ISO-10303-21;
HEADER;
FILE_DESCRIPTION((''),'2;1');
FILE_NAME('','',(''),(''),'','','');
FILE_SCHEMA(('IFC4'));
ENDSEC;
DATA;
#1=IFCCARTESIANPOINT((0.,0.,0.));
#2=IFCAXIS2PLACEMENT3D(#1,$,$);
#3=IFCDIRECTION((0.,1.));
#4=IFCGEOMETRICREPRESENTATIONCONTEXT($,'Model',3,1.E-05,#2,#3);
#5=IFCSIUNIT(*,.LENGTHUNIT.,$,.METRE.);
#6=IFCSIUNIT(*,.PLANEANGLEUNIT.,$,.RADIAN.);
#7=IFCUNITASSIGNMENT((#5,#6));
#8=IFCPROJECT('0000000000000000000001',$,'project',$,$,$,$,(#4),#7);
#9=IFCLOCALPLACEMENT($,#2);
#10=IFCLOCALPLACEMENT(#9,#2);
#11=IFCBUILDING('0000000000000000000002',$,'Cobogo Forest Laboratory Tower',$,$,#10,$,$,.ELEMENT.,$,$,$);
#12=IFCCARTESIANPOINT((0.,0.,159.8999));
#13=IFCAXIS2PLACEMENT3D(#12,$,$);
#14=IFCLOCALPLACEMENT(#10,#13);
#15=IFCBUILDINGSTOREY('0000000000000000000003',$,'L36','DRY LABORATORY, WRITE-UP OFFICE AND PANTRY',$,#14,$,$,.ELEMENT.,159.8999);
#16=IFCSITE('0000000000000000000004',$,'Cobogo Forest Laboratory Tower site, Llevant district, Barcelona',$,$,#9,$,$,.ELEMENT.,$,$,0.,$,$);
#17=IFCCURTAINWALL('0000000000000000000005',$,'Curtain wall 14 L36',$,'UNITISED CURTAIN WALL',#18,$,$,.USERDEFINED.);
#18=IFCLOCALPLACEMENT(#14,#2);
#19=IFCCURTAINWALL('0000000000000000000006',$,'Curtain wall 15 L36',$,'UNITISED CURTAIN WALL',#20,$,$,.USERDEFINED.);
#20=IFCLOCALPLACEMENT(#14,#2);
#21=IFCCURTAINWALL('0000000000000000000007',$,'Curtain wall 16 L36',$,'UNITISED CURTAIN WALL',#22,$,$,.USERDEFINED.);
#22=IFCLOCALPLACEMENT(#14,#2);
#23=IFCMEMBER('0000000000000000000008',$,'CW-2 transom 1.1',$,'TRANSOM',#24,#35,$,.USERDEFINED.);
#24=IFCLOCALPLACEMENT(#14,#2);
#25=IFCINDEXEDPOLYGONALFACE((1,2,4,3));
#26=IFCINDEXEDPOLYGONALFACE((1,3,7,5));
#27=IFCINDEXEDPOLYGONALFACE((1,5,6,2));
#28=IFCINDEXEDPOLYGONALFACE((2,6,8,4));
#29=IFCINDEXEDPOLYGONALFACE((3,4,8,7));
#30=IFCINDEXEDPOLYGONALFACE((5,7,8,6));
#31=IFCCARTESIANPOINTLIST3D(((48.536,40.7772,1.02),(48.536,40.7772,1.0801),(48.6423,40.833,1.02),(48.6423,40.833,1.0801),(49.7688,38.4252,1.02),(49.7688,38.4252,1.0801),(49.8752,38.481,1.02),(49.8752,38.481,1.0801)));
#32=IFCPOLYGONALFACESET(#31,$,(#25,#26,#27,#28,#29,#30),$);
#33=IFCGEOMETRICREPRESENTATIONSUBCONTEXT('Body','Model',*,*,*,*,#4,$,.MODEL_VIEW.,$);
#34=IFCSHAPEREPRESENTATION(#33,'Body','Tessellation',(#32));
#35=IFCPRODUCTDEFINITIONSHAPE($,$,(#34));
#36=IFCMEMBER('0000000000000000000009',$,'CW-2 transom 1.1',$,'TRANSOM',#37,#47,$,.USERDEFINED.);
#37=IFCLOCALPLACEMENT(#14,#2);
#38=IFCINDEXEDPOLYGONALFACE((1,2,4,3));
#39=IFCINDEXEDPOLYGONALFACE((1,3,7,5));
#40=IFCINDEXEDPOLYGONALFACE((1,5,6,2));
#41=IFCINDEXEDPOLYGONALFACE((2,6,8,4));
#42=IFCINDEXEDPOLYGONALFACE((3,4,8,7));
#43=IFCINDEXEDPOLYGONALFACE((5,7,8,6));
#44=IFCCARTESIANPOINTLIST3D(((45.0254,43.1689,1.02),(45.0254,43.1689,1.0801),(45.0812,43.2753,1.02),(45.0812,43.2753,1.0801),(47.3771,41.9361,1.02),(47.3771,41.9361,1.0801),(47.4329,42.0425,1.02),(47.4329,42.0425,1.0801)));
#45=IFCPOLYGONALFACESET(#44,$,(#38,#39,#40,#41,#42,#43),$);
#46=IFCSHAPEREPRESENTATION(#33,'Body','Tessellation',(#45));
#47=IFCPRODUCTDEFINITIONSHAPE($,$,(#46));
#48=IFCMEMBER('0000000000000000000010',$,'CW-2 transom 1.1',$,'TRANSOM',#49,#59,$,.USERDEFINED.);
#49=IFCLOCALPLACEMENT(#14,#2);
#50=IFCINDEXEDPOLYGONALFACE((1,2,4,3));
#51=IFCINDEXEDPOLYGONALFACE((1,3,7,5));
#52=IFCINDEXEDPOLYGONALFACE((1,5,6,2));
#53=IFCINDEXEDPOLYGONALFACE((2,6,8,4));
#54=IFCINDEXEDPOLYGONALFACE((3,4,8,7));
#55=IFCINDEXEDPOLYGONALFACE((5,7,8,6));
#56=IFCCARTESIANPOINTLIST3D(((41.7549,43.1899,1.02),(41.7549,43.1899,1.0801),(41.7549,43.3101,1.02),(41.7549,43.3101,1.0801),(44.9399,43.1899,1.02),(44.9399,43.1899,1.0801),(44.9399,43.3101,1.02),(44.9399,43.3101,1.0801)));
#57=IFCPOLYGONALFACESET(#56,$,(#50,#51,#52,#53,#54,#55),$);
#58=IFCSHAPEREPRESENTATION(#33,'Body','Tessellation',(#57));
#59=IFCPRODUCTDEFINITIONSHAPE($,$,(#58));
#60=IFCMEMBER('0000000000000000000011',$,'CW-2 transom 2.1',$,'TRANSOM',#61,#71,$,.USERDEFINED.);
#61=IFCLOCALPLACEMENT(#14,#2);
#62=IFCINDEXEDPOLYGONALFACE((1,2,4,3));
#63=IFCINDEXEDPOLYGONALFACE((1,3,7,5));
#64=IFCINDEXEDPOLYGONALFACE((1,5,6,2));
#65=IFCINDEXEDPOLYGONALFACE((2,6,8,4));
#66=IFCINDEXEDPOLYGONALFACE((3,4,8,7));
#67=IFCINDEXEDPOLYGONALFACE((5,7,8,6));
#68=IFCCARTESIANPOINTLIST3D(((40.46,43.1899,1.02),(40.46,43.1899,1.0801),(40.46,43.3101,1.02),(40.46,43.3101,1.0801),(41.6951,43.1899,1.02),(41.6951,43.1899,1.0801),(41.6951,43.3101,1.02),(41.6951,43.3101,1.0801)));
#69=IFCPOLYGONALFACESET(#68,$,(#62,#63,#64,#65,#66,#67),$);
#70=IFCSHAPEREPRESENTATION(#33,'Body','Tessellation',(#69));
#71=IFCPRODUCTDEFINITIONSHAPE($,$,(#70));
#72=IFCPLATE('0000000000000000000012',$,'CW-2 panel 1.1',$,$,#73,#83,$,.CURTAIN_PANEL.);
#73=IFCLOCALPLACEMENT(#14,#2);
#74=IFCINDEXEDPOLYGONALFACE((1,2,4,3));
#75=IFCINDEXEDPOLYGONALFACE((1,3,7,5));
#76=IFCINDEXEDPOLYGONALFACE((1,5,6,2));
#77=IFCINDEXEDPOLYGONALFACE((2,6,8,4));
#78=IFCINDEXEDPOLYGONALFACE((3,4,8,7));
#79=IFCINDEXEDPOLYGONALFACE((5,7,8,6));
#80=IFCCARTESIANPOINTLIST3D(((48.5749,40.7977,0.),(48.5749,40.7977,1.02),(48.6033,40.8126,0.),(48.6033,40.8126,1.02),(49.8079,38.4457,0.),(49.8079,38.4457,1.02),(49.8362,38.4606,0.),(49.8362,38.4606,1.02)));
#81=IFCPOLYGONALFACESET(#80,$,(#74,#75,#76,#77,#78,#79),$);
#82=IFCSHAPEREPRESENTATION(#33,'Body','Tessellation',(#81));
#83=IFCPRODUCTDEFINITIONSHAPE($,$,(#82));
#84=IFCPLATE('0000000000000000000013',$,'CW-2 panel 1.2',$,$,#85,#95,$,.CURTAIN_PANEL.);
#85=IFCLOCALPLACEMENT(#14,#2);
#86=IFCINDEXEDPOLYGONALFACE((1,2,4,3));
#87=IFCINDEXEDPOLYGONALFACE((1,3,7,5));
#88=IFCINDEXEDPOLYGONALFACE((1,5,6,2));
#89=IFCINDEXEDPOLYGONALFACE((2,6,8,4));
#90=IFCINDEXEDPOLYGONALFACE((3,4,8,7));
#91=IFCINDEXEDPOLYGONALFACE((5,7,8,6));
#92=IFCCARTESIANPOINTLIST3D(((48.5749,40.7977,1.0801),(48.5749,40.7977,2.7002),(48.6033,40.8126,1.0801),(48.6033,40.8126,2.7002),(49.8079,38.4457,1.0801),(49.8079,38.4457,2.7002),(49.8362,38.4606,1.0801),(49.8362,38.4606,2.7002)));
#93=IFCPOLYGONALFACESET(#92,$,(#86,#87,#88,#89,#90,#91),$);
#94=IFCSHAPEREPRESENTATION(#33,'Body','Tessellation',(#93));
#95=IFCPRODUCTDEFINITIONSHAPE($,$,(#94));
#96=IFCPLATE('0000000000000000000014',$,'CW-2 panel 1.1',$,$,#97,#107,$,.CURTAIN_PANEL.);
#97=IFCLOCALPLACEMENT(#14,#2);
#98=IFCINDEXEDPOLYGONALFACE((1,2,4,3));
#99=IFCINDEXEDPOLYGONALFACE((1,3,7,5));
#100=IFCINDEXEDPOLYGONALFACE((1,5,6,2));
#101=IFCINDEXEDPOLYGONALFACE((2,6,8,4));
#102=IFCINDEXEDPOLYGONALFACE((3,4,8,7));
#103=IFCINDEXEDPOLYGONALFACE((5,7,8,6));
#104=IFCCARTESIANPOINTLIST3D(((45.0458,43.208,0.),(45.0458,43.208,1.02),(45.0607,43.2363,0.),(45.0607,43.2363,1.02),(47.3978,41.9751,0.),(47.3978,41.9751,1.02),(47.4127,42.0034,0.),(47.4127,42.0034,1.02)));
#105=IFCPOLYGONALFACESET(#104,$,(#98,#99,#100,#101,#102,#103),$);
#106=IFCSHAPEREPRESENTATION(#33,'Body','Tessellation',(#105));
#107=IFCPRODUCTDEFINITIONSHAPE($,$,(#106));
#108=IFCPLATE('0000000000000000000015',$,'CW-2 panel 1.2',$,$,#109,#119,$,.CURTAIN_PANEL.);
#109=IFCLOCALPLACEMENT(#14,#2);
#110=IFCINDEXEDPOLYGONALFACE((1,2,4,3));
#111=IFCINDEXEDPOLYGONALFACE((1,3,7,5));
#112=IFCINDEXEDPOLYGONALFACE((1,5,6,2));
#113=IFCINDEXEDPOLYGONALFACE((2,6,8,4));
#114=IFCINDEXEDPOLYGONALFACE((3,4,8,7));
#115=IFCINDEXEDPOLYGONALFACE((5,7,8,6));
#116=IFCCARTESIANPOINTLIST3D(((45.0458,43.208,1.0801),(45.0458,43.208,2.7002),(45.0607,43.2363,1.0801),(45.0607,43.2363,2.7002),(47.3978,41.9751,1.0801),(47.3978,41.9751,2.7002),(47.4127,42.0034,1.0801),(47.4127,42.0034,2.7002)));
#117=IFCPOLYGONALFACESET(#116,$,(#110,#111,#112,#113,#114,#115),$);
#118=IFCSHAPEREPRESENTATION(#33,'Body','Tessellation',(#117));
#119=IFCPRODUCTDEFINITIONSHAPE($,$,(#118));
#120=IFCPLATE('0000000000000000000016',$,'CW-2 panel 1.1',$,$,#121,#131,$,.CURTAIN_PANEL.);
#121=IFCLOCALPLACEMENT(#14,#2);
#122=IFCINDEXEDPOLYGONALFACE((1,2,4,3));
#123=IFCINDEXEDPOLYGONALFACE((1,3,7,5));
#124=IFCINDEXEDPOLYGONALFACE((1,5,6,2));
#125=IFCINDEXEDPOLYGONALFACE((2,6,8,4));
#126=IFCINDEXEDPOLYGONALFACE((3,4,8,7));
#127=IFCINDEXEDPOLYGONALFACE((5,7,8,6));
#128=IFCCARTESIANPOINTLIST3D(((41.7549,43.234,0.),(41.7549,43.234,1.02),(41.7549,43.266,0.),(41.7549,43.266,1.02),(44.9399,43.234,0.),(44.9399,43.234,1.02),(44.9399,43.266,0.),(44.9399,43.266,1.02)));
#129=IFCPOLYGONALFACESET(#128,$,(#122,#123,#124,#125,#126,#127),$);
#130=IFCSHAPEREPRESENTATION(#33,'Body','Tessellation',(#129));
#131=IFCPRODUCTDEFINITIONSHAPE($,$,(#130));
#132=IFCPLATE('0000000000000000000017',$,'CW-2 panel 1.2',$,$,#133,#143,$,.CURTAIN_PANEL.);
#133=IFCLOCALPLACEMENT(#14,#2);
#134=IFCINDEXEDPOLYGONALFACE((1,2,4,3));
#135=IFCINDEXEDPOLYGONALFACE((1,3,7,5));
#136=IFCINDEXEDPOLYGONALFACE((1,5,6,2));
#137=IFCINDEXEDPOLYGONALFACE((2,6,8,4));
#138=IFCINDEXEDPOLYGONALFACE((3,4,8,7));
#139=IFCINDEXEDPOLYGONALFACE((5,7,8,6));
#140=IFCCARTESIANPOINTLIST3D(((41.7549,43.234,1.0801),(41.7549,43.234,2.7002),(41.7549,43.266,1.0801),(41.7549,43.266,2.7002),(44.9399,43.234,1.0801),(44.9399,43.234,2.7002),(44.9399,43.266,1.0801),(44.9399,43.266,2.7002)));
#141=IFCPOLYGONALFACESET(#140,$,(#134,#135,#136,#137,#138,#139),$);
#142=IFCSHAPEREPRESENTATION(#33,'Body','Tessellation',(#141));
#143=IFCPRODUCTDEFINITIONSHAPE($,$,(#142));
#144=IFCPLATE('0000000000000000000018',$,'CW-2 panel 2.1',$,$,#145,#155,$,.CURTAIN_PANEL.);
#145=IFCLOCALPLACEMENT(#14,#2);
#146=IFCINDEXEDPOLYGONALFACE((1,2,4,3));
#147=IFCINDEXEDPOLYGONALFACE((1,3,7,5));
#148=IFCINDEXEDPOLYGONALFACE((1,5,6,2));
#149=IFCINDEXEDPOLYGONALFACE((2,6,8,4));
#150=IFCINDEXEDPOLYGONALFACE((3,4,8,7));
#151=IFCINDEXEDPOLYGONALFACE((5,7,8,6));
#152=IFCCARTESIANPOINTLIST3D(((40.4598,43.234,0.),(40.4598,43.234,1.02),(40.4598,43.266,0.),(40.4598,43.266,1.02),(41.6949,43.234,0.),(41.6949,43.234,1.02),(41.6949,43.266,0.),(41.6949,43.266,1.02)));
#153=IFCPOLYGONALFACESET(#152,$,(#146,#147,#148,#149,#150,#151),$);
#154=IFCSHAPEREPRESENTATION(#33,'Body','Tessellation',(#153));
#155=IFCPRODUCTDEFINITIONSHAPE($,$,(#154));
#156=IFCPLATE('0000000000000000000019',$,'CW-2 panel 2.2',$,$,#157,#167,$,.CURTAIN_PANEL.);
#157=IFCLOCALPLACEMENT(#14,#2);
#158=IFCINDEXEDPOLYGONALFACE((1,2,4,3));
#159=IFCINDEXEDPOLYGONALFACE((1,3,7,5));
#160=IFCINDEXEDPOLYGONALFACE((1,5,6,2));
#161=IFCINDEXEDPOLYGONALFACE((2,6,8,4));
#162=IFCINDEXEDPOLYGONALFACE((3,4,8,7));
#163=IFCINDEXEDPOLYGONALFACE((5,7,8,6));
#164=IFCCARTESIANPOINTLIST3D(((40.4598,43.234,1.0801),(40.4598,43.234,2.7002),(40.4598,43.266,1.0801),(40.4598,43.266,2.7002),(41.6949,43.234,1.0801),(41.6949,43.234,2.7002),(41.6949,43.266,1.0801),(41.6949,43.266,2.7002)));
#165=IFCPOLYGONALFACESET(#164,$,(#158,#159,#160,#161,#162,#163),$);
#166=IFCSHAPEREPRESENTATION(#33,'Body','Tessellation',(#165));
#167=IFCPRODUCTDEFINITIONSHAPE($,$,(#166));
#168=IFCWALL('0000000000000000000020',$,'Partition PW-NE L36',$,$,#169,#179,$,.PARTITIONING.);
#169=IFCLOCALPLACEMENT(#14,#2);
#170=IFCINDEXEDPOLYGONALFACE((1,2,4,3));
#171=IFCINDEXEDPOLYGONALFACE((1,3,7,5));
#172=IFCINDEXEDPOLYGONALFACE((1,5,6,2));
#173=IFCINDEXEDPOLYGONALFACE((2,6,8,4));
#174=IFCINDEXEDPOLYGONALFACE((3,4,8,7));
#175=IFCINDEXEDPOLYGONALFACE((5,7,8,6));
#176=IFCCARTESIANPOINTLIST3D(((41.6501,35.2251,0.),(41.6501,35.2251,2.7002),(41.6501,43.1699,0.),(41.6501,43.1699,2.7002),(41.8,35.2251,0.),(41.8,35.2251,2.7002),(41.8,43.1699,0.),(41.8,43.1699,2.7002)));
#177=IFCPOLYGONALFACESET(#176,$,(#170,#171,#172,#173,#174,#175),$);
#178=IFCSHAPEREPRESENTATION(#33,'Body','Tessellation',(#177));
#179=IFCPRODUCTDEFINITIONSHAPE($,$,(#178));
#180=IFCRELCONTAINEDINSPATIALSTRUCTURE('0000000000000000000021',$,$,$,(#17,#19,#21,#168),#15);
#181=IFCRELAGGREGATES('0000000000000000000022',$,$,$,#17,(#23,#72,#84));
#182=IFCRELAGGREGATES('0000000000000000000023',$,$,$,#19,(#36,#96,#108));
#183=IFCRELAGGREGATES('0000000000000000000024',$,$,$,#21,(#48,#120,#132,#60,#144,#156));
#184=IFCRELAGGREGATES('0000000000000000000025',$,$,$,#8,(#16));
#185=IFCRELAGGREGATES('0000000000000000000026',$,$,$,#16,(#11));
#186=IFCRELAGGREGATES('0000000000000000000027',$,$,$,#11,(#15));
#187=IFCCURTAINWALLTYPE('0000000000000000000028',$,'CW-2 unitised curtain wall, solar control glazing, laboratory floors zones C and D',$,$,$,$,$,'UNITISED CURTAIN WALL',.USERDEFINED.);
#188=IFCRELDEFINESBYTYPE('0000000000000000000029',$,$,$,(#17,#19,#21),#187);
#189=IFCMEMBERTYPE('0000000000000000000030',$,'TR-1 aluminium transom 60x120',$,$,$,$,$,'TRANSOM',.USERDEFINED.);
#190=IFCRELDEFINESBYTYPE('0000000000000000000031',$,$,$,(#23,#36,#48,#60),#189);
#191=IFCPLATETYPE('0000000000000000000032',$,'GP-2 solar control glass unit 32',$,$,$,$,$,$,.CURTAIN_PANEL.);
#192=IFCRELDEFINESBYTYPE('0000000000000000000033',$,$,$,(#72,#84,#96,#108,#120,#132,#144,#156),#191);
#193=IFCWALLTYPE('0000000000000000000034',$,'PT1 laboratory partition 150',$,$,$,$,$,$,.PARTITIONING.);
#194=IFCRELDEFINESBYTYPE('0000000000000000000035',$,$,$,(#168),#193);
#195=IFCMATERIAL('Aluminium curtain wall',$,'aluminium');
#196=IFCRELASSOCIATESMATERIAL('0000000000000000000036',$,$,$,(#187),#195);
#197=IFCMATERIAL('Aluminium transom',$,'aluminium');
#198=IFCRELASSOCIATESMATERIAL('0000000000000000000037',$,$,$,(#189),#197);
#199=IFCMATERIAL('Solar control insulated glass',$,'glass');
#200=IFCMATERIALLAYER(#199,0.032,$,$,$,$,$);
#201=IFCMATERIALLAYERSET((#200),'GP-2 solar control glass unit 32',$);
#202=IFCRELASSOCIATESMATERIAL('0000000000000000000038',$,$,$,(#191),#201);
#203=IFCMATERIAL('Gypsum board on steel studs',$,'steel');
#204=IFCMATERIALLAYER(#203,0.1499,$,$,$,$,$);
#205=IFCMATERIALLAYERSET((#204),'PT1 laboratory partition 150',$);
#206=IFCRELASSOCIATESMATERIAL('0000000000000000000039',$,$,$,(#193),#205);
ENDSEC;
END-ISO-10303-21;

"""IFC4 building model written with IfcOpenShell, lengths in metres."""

from ifc_helpers import new_model, si_unit, direction, frame, frame_2d, origin, origin_2d, place, context, subcontext, project, spatial, rectangle, extrude, material, layer, layer_set, material_profile, profile_set, type_object, element, aggregate, save


model = new_model("IFC4")

# Units and contexts
model_context = context("Model", 3, precision=1e-05, world=origin(), true_north=direction((0.0, 1.0)))
body_context = subcontext(model_context, "Body", "Model", "MODEL_VIEW")
ifc_project = project(units=[si_unit("LENGTHUNIT", "METRE"), si_unit("PLANEANGLEUNIT", "RADIAN")], contexts=[model_context])

# Site, building, storey
site_placement = place(None, origin())
site = spatial("IfcSite", under=ifc_project, at=site_placement, Name="Cobogo Forest Laboratory Tower site, Llevant district, Barcelona", CompositionType="ELEMENT", RefElevation=0.0)
building_placement = place(site_placement, origin())
building = spatial("IfcBuilding", under=site, at=building_placement, Name="Cobogo Forest Laboratory Tower", CompositionType="ELEMENT")
storey_placement = place(building_placement, frame((0.0, 0.0, 159.8999)))
storey = spatial("IfcBuildingStorey", under=building, at=storey_placement, Name="L36", Description="DRY LABORATORY, WRITE-UP OFFICE AND PANTRY", CompositionType="ELEMENT", Elevation=159.8999)

# Curtain wall
ifc_material_1 = material(Name="Aluminium curtain wall", Category="aluminium")
curtain_wall_type = type_object("IfcCurtainWallType", Name="CW-2 unitised curtain wall, solar control glazing, laboratory floors zones C and D", ElementType="UNITISED CURTAIN WALL", PredefinedType="USERDEFINED", material=ifc_material_1)
curtain_wall_1_placement = place(storey_placement, origin())
curtain_wall_1 = element("IfcCurtainWall", 1, at=curtain_wall_1_placement, inside=storey, type_object=curtain_wall_type, Name="Curtain wall 14 L36", ObjectType="UNITISED CURTAIN WALL", PredefinedType="USERDEFINED")

# Curtain walls
curtain_wall_2_placement = place(storey_placement, origin())
curtain_wall_2 = element("IfcCurtainWall", 2, at=curtain_wall_2_placement, inside=storey, type_object=curtain_wall_type, Name="Curtain wall 15 L36", ObjectType="UNITISED CURTAIN WALL", PredefinedType="USERDEFINED")
curtain_wall_3_placement = place(storey_placement, origin())
curtain_wall_3 = element("IfcCurtainWall", 3, at=curtain_wall_3_placement, inside=storey, type_object=curtain_wall_type, Name="Curtain wall 16 L36", ObjectType="UNITISED CURTAIN WALL", PredefinedType="USERDEFINED")

# Members
ifc_material_2 = material(Name="Aluminium transom", Category="aluminium")
ifc_material_profile_1 = material_profile(ifc_material_2, rectangle(XDim=0.1201, YDim=0.0601, at=origin_2d()), Name="AL 60x120")
ifc_profile_set_1 = profile_set([ifc_material_profile_1], Name="Aluminium transom")
member_type_1 = type_object("IfcMemberType", Name="TR-1 aluminium transom 60x120", ElementType="TRANSOM", PredefinedType="USERDEFINED", material=ifc_profile_set_1)
member_1_placement = place(storey_placement, frame((49.822, 38.4531, 1.05), z_axis=(-0.464268, 0.885695, 0.0), x_axis=(-0.885695, -0.464268, 0.0)))
member_1 = element("IfcMember", 4, at=member_1_placement, type_object=member_type_1, Name="CW-2 transom 1.1", ObjectType="TRANSOM", PredefinedType="USERDEFINED", context=body_context, shape_type="SweptSolid", body=[
    extrude(rectangle(XDim=0.1201, YDim=0.0601, at=origin_2d()), origin(), (0.0, 0.0, 1.0), 2.6555),
])
member_2_placement = place(storey_placement, frame((47.405, 41.9893, 1.05), z_axis=(-0.885675, 0.464306, 0.0), x_axis=(-0.464306, -0.885675, 0.0)))
member_2 = element("IfcMember", 5, at=member_2_placement, type_object=member_type_1, Name="CW-2 transom 1.1", ObjectType="TRANSOM", PredefinedType="USERDEFINED", context=body_context, shape_type="SweptSolid", body=[
    extrude(rectangle(XDim=0.1201, YDim=0.0601, at=origin_2d()), origin(), (0.0, 0.0, 1.0), 2.6553),
])
member_3_placement = place(storey_placement, frame((44.9399, 43.25, 1.05), z_axis=(-1.0, 0.0, 0.0), x_axis=(0.0, -1.0, 0.0)))
member_3 = element("IfcMember", 6, at=member_3_placement, type_object=member_type_1, Name="CW-2 transom 1.1", ObjectType="TRANSOM", PredefinedType="USERDEFINED", context=body_context, shape_type="SweptSolid", body=[
    extrude(rectangle(XDim=0.1201, YDim=0.0601, at=origin_2d()), origin(), (0.0, 0.0, 1.0), 3.1851),
])
member_4_placement = place(storey_placement, frame((41.6951, 43.25, 1.05), z_axis=(-1.0, 0.0, 0.0), x_axis=(0.0, -1.0, 0.0)))
member_4 = element("IfcMember", 7, at=member_4_placement, type_object=member_type_1, Name="CW-2 transom 2.1", ObjectType="TRANSOM", PredefinedType="USERDEFINED", context=body_context, shape_type="SweptSolid", body=[
    extrude(rectangle(XDim=0.1201, YDim=0.0601, at=origin_2d()), origin(), (0.0, 0.0, 1.0), 1.2351),
])

# Plates
ifc_material_3 = material(Name="Solar control insulated glass", Category="glass")
ifc_layer_1 = layer(ifc_material_3, 0.032)
ifc_layer_set_1 = layer_set([ifc_layer_1], Name="GP-2 solar control glass unit 32")
plate_type = type_object("IfcPlateType", Name="GP-2 solar control glass unit 32", PredefinedType="CURTAIN_PANEL", material=ifc_layer_set_1)
plate_1_placement = place(storey_placement, frame((49.2056, 39.6292, 0.0), z_axis=(0.0, 0.0, 1.0), x_axis=(-0.464284, 0.885687, 0.0)))
plate_1 = element("IfcPlate", 8, at=plate_1_placement, type_object=plate_type, Name="CW-2 panel 1.1", PredefinedType="CURTAIN_PANEL", context=body_context, shape_type="SweptSolid", body=[
    extrude(rectangle(XDim=2.6555, YDim=0.032, at=origin_2d()), origin(), (0.0, 0.0, 1.0), 1.02),
])
plate_2_placement = place(storey_placement, frame((49.2056, 39.6292, 1.0801), z_axis=(0.0, 0.0, 1.0), x_axis=(-0.464284, 0.885687, 0.0)))
plate_2 = element("IfcPlate", 9, at=plate_2_placement, type_object=plate_type, Name="CW-2 panel 1.2", PredefinedType="CURTAIN_PANEL", context=body_context, shape_type="SweptSolid", body=[
    extrude(rectangle(XDim=2.6555, YDim=0.032, at=origin_2d()), origin(), (0.0, 0.0, 1.0), 1.6201),
])
aggregate(curtain_wall_1, [member_1, plate_1, plate_2])
plate_3_placement = place(storey_placement, frame((46.2292, 42.6057, 0.0), z_axis=(0.0, 0.0, 1.0), x_axis=(-0.885687, 0.464284, 0.0)))
plate_3 = element("IfcPlate", 10, at=plate_3_placement, type_object=plate_type, Name="CW-2 panel 1.1", PredefinedType="CURTAIN_PANEL", context=body_context, shape_type="SweptSolid", body=[
    extrude(rectangle(XDim=2.6555, YDim=0.032, at=origin_2d()), origin(), (0.0, 0.0, 1.0), 1.02),
])
plate_4_placement = place(storey_placement, frame((46.2292, 42.6057, 1.0801), z_axis=(0.0, 0.0, 1.0), x_axis=(-0.885687, 0.464284, 0.0)))
plate_4 = element("IfcPlate", 11, at=plate_4_placement, type_object=plate_type, Name="CW-2 panel 1.2", PredefinedType="CURTAIN_PANEL", context=body_context, shape_type="SweptSolid", body=[
    extrude(rectangle(XDim=2.6555, YDim=0.032, at=origin_2d()), origin(), (0.0, 0.0, 1.0), 1.6201),
])
aggregate(curtain_wall_2, [member_2, plate_3, plate_4])
plate_5_placement = place(storey_placement, frame((43.3474, 43.25, 0.0), z_axis=(0.0, 0.0, 1.0), x_axis=(-1.0, 0.0, 0.0)))
plate_5 = element("IfcPlate", 12, at=plate_5_placement, type_object=plate_type, Name="CW-2 panel 1.1", PredefinedType="CURTAIN_PANEL", context=body_context, shape_type="SweptSolid", body=[
    extrude(rectangle(XDim=3.1851, YDim=0.032, at=origin_2d()), origin(), (0.0, 0.0, 1.0), 1.02),
])
plate_6_placement = place(storey_placement, frame((43.3474, 43.25, 1.0801), z_axis=(0.0, 0.0, 1.0), x_axis=(-1.0, 0.0, 0.0)))
plate_6 = element("IfcPlate", 13, at=plate_6_placement, type_object=plate_type, Name="CW-2 panel 1.2", PredefinedType="CURTAIN_PANEL", context=body_context, shape_type="SweptSolid", body=[
    extrude(rectangle(XDim=3.1851, YDim=0.032, at=origin_2d()), origin(), (0.0, 0.0, 1.0), 1.6201),
])
plate_7_placement = place(storey_placement, frame((41.0774, 43.25, 0.0), z_axis=(0.0, 0.0, 1.0), x_axis=(-1.0, 0.0, 0.0)))
plate_7 = element("IfcPlate", 14, at=plate_7_placement, type_object=plate_type, Name="CW-2 panel 2.1", PredefinedType="CURTAIN_PANEL", context=body_context, shape_type="SweptSolid", body=[
    extrude(rectangle(XDim=1.2351, YDim=0.032, at=origin_2d()), origin(), (0.0, 0.0, 1.0), 1.02),
])
plate_8_placement = place(storey_placement, frame((41.0774, 43.25, 1.0801), z_axis=(0.0, 0.0, 1.0), x_axis=(-1.0, 0.0, 0.0)))
plate_8 = element("IfcPlate", 15, at=plate_8_placement, type_object=plate_type, Name="CW-2 panel 2.2", PredefinedType="CURTAIN_PANEL", context=body_context, shape_type="SweptSolid", body=[
    extrude(rectangle(XDim=1.2351, YDim=0.032, at=origin_2d()), origin(), (0.0, 0.0, 1.0), 1.6201),
])
aggregate(curtain_wall_3, [member_3, plate_5, plate_6, member_4, plate_7, plate_8])

# Wall
ifc_material_4 = material(Name="Gypsum board on steel studs", Category="steel")
ifc_layer_2 = layer(ifc_material_4, 0.1499)
ifc_layer_set_2 = layer_set([ifc_layer_2], Name="PT1 laboratory partition 150")
wall_type = type_object("IfcWallType", Name="PT1 laboratory partition 150", PredefinedType="PARTITIONING", material=ifc_layer_set_2)
wall_placement = place(storey_placement, frame((41.7251, 43.1699, 0.0), z_axis=(0.0, 0.0, 1.0), x_axis=(0.0, -1.0, 0.0)))
element("IfcWall", 16, at=wall_placement, inside=storey, type_object=wall_type, Name="Partition PW-NE L36", PredefinedType="PARTITIONING", context=body_context, shape_type="SweptSolid", body=[
    extrude(rectangle(XDim=7.9448, YDim=0.1499, at=frame_2d((3.9724, 0.0))), origin(), (0.0, 0.0, 1.0), 2.7002),
])

save(model, "model.ifc")
